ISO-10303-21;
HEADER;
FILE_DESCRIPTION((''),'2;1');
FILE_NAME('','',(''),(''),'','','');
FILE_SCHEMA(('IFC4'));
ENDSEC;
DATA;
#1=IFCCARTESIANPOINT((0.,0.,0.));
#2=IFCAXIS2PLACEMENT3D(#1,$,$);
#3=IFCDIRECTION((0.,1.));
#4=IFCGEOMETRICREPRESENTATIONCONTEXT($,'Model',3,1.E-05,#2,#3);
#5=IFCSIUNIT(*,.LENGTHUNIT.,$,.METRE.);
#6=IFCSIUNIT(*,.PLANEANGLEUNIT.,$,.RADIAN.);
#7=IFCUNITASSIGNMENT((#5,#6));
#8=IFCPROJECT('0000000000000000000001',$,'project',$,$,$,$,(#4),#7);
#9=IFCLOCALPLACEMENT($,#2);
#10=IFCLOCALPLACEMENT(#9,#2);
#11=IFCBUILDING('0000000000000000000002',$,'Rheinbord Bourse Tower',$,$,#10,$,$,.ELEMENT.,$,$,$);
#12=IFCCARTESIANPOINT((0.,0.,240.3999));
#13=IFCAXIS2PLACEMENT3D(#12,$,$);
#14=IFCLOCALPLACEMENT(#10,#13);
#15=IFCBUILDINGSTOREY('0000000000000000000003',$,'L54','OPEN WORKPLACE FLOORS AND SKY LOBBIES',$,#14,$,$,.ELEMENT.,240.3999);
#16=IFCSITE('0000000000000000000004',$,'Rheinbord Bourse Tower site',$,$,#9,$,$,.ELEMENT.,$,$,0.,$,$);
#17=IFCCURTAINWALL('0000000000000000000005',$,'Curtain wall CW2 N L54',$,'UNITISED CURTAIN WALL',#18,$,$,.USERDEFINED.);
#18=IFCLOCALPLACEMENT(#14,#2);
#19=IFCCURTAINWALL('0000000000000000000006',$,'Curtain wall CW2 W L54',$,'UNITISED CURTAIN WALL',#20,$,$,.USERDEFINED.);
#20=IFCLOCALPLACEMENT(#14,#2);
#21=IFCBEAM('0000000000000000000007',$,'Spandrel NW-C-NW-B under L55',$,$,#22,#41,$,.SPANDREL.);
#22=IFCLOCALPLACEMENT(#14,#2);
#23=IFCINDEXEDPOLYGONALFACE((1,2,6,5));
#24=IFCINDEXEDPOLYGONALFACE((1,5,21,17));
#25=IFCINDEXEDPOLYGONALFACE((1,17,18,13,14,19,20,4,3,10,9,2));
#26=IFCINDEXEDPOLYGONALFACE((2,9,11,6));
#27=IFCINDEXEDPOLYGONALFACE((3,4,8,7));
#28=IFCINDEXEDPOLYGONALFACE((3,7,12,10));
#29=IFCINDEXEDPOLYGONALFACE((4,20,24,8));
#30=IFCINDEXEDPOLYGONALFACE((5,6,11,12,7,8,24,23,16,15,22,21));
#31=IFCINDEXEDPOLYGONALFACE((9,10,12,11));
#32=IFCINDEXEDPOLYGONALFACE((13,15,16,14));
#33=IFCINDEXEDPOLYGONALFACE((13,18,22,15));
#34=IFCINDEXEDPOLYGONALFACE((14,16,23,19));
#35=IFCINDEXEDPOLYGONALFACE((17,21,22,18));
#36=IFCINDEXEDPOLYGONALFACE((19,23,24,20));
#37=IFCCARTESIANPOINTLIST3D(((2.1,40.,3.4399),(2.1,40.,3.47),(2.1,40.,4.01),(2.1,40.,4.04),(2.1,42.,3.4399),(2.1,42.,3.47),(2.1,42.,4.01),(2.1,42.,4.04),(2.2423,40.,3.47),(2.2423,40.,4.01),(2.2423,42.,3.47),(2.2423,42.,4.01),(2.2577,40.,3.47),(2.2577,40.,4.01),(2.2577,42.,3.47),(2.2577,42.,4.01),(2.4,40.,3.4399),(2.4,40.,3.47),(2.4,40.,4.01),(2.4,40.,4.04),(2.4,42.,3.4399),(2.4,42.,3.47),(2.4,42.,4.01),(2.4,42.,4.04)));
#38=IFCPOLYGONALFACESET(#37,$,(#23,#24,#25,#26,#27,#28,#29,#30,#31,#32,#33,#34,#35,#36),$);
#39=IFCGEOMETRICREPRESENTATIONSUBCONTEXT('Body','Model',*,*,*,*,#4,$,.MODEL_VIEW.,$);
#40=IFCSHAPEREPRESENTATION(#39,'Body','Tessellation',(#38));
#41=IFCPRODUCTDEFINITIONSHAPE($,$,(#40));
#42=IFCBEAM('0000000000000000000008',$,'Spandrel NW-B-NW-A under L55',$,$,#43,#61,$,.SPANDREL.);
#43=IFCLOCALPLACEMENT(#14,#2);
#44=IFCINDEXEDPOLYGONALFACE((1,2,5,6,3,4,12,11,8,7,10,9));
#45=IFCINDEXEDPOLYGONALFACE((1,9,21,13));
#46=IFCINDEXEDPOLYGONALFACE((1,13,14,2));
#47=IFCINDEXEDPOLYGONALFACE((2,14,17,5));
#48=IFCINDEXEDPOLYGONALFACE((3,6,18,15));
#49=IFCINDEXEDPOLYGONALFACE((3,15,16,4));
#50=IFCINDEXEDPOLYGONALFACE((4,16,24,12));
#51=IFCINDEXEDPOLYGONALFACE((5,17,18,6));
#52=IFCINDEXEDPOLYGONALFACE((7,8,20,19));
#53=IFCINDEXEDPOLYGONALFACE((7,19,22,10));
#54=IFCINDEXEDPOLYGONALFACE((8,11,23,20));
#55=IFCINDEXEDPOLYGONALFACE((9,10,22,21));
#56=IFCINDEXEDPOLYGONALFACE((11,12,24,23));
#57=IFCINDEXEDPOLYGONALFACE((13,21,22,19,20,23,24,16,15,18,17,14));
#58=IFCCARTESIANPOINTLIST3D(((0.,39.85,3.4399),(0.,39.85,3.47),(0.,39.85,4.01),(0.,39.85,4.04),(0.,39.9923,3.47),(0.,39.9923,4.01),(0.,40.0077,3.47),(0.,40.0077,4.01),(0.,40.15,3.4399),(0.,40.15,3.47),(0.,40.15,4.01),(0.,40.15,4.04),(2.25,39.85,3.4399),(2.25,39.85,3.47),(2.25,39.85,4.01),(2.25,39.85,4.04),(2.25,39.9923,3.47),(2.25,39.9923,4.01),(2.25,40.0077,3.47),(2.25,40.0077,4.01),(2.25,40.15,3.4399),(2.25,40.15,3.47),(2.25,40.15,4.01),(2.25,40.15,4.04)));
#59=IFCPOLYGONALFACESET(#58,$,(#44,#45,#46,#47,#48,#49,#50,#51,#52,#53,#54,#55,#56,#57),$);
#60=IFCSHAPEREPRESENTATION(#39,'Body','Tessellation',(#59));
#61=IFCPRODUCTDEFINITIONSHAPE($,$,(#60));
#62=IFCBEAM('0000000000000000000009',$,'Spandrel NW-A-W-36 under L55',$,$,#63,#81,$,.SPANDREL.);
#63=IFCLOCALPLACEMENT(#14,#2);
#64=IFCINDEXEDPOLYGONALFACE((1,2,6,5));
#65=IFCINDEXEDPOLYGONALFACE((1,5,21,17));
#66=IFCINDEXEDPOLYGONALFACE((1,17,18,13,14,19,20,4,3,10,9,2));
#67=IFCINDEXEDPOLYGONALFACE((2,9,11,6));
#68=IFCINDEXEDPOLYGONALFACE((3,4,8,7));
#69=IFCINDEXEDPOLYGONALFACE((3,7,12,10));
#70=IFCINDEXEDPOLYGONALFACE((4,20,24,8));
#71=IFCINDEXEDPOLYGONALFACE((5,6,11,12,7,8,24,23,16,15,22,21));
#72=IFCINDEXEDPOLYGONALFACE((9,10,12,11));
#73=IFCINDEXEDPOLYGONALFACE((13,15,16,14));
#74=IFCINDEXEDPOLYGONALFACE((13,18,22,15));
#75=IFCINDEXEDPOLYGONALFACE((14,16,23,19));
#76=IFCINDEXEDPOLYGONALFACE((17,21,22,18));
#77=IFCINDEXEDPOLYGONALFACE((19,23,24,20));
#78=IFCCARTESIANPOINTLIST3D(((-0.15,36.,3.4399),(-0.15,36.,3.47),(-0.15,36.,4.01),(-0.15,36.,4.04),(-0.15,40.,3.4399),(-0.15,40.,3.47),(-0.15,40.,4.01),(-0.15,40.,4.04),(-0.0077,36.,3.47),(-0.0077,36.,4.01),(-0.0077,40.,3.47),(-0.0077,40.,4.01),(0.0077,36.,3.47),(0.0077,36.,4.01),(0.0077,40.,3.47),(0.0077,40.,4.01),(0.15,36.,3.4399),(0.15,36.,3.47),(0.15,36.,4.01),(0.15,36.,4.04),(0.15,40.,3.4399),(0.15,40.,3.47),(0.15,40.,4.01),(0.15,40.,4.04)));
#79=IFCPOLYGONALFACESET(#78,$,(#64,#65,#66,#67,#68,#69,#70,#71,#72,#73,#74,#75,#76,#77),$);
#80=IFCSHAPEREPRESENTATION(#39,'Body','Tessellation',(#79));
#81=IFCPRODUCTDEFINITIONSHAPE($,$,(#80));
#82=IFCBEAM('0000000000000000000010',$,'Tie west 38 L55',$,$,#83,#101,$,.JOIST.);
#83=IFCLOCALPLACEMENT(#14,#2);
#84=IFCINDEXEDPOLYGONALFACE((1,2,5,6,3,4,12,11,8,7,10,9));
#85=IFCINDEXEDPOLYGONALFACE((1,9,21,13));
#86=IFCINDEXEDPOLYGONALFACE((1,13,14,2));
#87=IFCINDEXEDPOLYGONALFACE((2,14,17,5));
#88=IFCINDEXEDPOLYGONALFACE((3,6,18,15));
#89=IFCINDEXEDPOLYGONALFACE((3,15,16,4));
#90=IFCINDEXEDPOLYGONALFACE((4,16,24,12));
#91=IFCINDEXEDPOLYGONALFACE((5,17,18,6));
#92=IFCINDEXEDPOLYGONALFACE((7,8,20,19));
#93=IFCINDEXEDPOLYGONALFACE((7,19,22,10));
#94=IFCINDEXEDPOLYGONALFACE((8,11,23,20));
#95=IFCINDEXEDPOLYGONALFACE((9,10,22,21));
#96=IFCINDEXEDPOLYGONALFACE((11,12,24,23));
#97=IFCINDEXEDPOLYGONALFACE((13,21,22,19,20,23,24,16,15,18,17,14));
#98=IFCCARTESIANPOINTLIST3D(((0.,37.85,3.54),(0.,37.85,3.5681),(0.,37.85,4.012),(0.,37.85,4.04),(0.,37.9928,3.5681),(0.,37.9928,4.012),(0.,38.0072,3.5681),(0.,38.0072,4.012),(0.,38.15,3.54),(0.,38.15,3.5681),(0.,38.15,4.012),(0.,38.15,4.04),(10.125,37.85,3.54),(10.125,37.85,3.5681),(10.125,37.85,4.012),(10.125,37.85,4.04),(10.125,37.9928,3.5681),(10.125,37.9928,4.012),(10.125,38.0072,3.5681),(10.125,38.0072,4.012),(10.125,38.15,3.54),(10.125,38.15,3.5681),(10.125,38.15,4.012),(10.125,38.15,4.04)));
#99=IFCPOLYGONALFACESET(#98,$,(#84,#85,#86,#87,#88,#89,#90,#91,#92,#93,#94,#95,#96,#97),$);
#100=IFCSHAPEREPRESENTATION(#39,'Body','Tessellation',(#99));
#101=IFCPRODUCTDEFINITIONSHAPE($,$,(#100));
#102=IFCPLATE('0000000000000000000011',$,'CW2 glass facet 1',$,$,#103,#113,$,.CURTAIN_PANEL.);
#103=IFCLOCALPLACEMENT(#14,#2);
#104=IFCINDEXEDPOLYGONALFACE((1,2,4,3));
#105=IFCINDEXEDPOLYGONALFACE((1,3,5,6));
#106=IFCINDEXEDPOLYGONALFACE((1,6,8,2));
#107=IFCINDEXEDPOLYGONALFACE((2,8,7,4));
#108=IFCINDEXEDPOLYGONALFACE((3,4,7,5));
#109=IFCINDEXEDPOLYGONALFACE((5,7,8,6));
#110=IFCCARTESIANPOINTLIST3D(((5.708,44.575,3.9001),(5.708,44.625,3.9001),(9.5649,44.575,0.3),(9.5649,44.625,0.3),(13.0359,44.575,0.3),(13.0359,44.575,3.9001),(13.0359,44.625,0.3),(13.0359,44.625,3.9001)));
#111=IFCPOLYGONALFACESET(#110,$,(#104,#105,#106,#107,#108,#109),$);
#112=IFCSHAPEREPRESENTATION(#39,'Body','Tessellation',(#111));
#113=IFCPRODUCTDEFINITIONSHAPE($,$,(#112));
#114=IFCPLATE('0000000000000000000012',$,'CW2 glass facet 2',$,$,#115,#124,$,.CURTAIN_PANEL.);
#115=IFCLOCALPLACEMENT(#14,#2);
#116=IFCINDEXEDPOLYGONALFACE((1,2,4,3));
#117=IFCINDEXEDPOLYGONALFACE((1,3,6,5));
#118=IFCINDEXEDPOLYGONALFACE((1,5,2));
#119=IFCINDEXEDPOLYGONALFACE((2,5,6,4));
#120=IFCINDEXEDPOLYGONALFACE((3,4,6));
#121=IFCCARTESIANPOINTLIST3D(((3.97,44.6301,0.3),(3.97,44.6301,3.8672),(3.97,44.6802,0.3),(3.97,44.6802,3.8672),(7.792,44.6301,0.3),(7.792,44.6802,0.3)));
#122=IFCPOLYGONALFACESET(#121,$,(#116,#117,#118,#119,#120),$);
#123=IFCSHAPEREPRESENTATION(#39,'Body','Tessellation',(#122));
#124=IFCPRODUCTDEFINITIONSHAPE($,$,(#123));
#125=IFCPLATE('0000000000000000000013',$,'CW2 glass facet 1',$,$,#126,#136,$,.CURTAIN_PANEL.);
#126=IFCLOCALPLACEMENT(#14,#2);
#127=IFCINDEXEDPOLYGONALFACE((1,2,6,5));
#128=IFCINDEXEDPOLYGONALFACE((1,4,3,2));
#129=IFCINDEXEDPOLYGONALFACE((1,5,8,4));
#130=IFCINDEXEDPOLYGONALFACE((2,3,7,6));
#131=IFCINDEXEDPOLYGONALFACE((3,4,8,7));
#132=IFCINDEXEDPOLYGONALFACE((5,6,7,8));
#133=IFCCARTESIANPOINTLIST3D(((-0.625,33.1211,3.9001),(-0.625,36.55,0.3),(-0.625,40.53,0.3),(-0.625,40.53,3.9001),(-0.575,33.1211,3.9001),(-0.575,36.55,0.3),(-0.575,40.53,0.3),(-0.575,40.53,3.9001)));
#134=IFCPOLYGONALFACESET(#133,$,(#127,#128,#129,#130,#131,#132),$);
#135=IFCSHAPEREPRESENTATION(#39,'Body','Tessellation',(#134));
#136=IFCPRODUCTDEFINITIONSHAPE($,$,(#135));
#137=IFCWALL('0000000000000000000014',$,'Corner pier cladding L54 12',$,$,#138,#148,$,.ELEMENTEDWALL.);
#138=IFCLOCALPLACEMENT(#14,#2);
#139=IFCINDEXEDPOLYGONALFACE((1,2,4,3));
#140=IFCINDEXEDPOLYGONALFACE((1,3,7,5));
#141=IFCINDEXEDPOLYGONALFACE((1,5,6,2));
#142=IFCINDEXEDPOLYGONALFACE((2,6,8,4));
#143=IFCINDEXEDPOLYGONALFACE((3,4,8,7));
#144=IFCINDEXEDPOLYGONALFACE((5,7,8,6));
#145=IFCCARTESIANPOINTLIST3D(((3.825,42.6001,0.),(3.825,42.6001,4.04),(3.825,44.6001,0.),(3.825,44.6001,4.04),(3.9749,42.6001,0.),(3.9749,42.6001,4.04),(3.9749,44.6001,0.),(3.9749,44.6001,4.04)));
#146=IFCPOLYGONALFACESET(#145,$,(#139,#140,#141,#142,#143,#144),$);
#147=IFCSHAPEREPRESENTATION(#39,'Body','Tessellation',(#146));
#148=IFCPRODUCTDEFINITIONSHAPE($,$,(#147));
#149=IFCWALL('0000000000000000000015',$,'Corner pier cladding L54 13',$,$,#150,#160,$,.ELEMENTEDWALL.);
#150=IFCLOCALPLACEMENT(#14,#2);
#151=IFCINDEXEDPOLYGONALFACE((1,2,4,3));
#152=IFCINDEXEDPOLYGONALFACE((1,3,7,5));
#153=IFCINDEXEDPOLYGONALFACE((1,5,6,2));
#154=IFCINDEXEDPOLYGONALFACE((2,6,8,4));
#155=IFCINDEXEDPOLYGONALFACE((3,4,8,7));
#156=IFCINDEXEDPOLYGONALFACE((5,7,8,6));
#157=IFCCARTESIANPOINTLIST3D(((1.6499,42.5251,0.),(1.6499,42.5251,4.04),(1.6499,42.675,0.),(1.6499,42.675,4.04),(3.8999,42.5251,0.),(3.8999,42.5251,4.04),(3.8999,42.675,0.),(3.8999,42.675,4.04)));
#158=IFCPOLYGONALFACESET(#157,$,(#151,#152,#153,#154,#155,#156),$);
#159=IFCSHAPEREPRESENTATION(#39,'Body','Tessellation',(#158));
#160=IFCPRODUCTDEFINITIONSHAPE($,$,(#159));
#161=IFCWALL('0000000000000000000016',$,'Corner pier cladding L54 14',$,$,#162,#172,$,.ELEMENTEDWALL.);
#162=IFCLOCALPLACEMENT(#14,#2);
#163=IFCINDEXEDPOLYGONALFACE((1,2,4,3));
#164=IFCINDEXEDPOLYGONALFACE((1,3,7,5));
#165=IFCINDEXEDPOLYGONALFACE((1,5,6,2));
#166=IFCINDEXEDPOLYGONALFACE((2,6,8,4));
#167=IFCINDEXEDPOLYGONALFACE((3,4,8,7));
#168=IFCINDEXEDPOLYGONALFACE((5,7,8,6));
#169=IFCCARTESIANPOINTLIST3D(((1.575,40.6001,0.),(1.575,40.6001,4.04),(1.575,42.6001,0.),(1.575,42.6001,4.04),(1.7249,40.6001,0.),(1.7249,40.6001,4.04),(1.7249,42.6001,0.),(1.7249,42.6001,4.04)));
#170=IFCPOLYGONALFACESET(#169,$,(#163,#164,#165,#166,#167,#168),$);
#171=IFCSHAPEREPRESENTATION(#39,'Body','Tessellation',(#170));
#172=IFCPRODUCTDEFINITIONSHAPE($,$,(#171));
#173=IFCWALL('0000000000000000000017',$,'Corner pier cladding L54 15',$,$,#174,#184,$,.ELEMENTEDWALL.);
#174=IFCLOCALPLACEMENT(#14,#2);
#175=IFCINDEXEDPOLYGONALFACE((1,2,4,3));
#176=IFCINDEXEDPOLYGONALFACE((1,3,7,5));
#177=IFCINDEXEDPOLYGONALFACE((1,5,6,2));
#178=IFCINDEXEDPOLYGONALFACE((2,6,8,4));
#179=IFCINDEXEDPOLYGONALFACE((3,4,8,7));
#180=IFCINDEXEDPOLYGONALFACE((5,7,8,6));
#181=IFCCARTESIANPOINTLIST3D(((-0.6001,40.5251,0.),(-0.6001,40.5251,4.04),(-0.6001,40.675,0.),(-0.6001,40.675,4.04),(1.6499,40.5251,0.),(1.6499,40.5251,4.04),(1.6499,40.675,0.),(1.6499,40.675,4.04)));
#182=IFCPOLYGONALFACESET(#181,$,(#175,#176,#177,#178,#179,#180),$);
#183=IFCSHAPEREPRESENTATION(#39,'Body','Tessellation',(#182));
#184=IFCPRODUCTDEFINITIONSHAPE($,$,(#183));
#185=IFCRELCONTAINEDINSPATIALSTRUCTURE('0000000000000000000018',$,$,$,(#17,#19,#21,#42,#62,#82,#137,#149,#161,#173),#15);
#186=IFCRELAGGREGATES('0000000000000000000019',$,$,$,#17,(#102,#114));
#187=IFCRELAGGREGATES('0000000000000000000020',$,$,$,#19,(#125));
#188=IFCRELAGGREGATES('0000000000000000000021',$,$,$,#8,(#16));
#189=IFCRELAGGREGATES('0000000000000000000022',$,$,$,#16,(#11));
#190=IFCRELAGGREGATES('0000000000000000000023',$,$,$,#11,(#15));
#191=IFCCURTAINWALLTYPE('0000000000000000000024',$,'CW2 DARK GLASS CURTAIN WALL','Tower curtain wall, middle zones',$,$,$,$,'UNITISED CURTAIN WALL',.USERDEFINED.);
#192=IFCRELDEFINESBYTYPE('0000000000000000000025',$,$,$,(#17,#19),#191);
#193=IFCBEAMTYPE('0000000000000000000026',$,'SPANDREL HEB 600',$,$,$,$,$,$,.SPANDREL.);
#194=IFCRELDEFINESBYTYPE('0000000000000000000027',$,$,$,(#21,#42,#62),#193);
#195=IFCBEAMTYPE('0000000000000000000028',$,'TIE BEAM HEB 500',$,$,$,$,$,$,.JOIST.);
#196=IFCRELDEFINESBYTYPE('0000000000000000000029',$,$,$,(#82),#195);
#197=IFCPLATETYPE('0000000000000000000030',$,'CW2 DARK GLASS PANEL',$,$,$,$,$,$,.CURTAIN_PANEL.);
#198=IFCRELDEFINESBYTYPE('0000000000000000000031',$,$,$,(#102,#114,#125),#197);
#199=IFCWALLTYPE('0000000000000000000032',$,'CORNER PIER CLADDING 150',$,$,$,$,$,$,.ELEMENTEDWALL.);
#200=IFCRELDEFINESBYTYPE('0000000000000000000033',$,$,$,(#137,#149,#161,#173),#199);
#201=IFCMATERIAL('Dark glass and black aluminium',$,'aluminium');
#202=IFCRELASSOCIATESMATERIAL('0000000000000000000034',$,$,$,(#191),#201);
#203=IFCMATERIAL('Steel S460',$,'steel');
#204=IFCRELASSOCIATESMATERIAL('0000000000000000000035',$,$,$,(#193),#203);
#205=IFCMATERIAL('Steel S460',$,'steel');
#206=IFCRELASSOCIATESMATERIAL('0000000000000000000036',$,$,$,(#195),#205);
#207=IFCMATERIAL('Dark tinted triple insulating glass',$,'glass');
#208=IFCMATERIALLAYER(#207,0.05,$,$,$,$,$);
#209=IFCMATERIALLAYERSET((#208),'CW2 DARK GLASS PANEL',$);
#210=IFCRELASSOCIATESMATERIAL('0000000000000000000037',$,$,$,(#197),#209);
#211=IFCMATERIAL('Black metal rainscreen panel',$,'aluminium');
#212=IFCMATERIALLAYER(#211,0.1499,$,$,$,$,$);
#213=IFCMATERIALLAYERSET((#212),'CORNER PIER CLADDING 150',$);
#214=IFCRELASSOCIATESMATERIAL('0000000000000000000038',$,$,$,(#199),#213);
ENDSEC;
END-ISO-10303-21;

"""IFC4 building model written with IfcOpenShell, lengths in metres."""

from ifc_helpers import new_model, si_unit, direction, frame, frame_2d, origin, origin_2d, place, context, subcontext, project, spatial, polyline, rectangle, i_section, outline, extrude, material, layer, layer_set, material_profile, profile_set, type_object, element, aggregate, save


model = new_model("IFC4")

# Units and contexts
model_context = context("Model", 3, precision=1e-05, world=origin(), true_north=direction((0.0, 1.0)))
body_context = subcontext(model_context, "Body", "Model", "MODEL_VIEW")
ifc_project = project(units=[si_unit("LENGTHUNIT", "METRE"), si_unit("PLANEANGLEUNIT", "RADIAN")], contexts=[model_context])

# Site, building, storey
site_placement = place(None, origin())
site = spatial("IfcSite", under=ifc_project, at=site_placement, Name="Rheinbord Bourse Tower site", CompositionType="ELEMENT", RefElevation=0.0)
building_placement = place(site_placement, origin())
building = spatial("IfcBuilding", under=site, at=building_placement, Name="Rheinbord Bourse Tower", CompositionType="ELEMENT")
storey_placement = place(building_placement, frame((0.0, 0.0, 240.3999)))
storey = spatial("IfcBuildingStorey", under=building, at=storey_placement, Name="L54", Description="OPEN WORKPLACE FLOORS AND SKY LOBBIES", CompositionType="ELEMENT", Elevation=240.3999)

# Curtain wall
ifc_material_1 = material(Name="Dark glass and black aluminium", Category="aluminium")
curtain_wall_type = type_object("IfcCurtainWallType", Name="CW2 DARK GLASS CURTAIN WALL", Description="Tower curtain wall, middle zones", ElementType="UNITISED CURTAIN WALL", PredefinedType="USERDEFINED", material=ifc_material_1)
curtain_wall_1_placement = place(storey_placement, origin())
curtain_wall_1 = element("IfcCurtainWall", 1, at=curtain_wall_1_placement, inside=storey, type_object=curtain_wall_type, Name="Curtain wall CW2 N L54", ObjectType="UNITISED CURTAIN WALL", PredefinedType="USERDEFINED")

# Curtain wall
curtain_wall_2_placement = place(storey_placement, origin())
curtain_wall_2 = element("IfcCurtainWall", 2, at=curtain_wall_2_placement, inside=storey, type_object=curtain_wall_type, Name="Curtain wall CW2 W L54", ObjectType="UNITISED CURTAIN WALL", PredefinedType="USERDEFINED")

# Beams
ifc_material_2 = material(Name="Steel S460", Category="steel")
ifc_material_profile_1 = material_profile(ifc_material_2, i_section(OverallWidth=0.3, OverallDepth=0.6001, WebThickness=0.0154, FlangeThickness=0.03, at=origin_2d()), Name="HEB 600")
ifc_profile_set_1 = profile_set([ifc_material_profile_1], Name="Steel S460")
beam_type_1 = type_object("IfcBeamType", Name="SPANDREL HEB 600", PredefinedType="SPANDREL", material=ifc_profile_set_1)
beam_1_placement = place(storey_placement, frame((2.25, 42.0, 3.74), z_axis=(0.0, -1.0, 0.0), x_axis=(1.0, 0.0, 0.0)))
element("IfcBeam", 3, at=beam_1_placement, inside=storey, type_object=beam_type_1, Name="Spandrel NW-C-NW-B under L55", PredefinedType="SPANDREL", context=body_context, shape_type="SweptSolid", body=[
    extrude(i_section(OverallWidth=0.3, OverallDepth=0.6001, WebThickness=0.0154, FlangeThickness=0.03, at=origin_2d()), origin(), (0.0, 0.0, 1.0), 2.0),
])
beam_2_placement = place(storey_placement, frame((2.25, 40.0, 3.74), z_axis=(-1.0, 0.0, 0.0), x_axis=(0.0, -1.0, 0.0)))
element("IfcBeam", 4, at=beam_2_placement, inside=storey, type_object=beam_type_1, Name="Spandrel NW-B-NW-A under L55", PredefinedType="SPANDREL", context=body_context, shape_type="SweptSolid", body=[
    extrude(i_section(OverallWidth=0.3, OverallDepth=0.6001, WebThickness=0.0154, FlangeThickness=0.03, at=origin_2d()), origin(), (0.0, 0.0, 1.0), 2.25),
])
beam_3_placement = place(storey_placement, frame((0.0, 40.0, 3.74), z_axis=(0.0, -1.0, 0.0), x_axis=(1.0, 0.0, 0.0)))
element("IfcBeam", 5, at=beam_3_placement, inside=storey, type_object=beam_type_1, Name="Spandrel NW-A-W-36 under L55", PredefinedType="SPANDREL", context=body_context, shape_type="SweptSolid", body=[
    extrude(i_section(OverallWidth=0.3, OverallDepth=0.6001, WebThickness=0.0154, FlangeThickness=0.03, at=origin_2d()), origin(), (0.0, 0.0, 1.0), 4.0),
])
ifc_material_3 = material(Name="Steel S460", Category="steel")
ifc_material_profile_2 = material_profile(ifc_material_3, i_section(OverallWidth=0.3, OverallDepth=0.5, WebThickness=0.0144, FlangeThickness=0.0281, at=origin_2d()), Name="HEB 500")
ifc_profile_set_2 = profile_set([ifc_material_profile_2], Name="Steel S460")
beam_type_2 = type_object("IfcBeamType", Name="TIE BEAM HEB 500", PredefinedType="JOIST", material=ifc_profile_set_2)
beam_4_placement = place(storey_placement, frame((0.0, 38.0, 3.79), z_axis=(1.0, 0.0, 0.0), x_axis=(0.0, 1.0, 0.0)))
element("IfcBeam", 6, at=beam_4_placement, inside=storey, type_object=beam_type_2, Name="Tie west 38 L55", PredefinedType="JOIST", context=body_context, shape_type="SweptSolid", body=[
    extrude(i_section(OverallWidth=0.3, OverallDepth=0.5, WebThickness=0.0144, FlangeThickness=0.0281, at=origin_2d()), origin(), (0.0, 0.0, 1.0), 10.125),
])

# Plates
ifc_material_4 = material(Name="Dark tinted triple insulating glass", Category="glass")
ifc_layer_1 = layer(ifc_material_4, 0.05)
ifc_layer_set_1 = layer_set([ifc_layer_1], Name="CW2 DARK GLASS PANEL")
plate_type = type_object("IfcPlateType", Name="CW2 DARK GLASS PANEL", PredefinedType="CURTAIN_PANEL", material=ifc_layer_set_1)
plate_1_placement = place(storey_placement, frame((13.0359, 44.625, 0.3), z_axis=(0.0, -1.0, 0.0), x_axis=(0.0, 0.0, 1.0)))
plate_1 = element("IfcPlate", 7, at=plate_1_placement, type_object=plate_type, Name="CW2 glass facet 1", PredefinedType="CURTAIN_PANEL", context=body_context, shape_type="SweptSolid", body=[
    extrude(outline(polyline([(0.0, 0.0), (3.6001, 0.0), (3.6001, 7.3279), (0.0, 3.4709), (0.0, 0.0)])), origin(), (0.0, 0.0, 1.0), 0.05),
])
plate_2_placement = place(storey_placement, frame((3.97, 44.6802, 0.3), z_axis=(0.0, -1.0, 0.0), x_axis=(1.0, 0.0, 0.0)))
plate_2 = element("IfcPlate", 8, at=plate_2_placement, type_object=plate_type, Name="CW2 glass facet 2", PredefinedType="CURTAIN_PANEL", context=body_context, shape_type="SweptSolid", body=[
    extrude(outline(polyline([(0.0, 0.0), (3.822, 0.0), (0.0, 3.5671), (0.0, 0.0)])), origin(), (0.0, 0.0, 1.0), 0.05),
])
aggregate(curtain_wall_1, [plate_1, plate_2])
plate_3_placement = place(storey_placement, frame((-0.625, 40.53, 0.3), z_axis=(1.0, 0.0, 0.0), x_axis=(0.0, 0.0, 1.0)))
plate_3 = element("IfcPlate", 9, at=plate_3_placement, type_object=plate_type, Name="CW2 glass facet 1", PredefinedType="CURTAIN_PANEL", context=body_context, shape_type="SweptSolid", body=[
    extrude(outline(polyline([(0.0, 0.0), (3.6001, 0.0), (3.6001, 7.4089), (0.0, 3.98), (0.0, 0.0)])), origin(), (0.0, 0.0, 1.0), 0.05),
])
aggregate(curtain_wall_2, [plate_3])

# Walls
ifc_material_5 = material(Name="Black metal rainscreen panel", Category="aluminium")
ifc_layer_2 = layer(ifc_material_5, 0.1499)
ifc_layer_set_2 = layer_set([ifc_layer_2], Name="CORNER PIER CLADDING 150")
wall_type = type_object("IfcWallType", Name="CORNER PIER CLADDING 150", PredefinedType="ELEMENTEDWALL", material=ifc_layer_set_2)
wall_1_placement = place(storey_placement, frame((3.8999, 44.6001, 0.0), z_axis=(0.0, 0.0, 1.0), x_axis=(0.0, -1.0, 0.0)))
element("IfcWall", 10, at=wall_1_placement, inside=storey, type_object=wall_type, Name="Corner pier cladding L54 12", PredefinedType="ELEMENTEDWALL", context=body_context, shape_type="SweptSolid", body=[
    extrude(rectangle(XDim=2.0, YDim=0.1499, at=frame_2d((1.0, 0.0))), origin(), (0.0, 0.0, 1.0), 4.04),
])
wall_2_placement = place(storey_placement, frame((3.8999, 42.6001, 0.0), z_axis=(0.0, 0.0, 1.0), x_axis=(-1.0, 0.0, 0.0)))
element("IfcWall", 11, at=wall_2_placement, inside=storey, type_object=wall_type, Name="Corner pier cladding L54 13", PredefinedType="ELEMENTEDWALL", context=body_context, shape_type="SweptSolid", body=[
    extrude(rectangle(XDim=2.25, YDim=0.1499, at=frame_2d((1.125, 0.0))), origin(), (0.0, 0.0, 1.0), 4.04),
])
wall_3_placement = place(storey_placement, frame((1.6499, 42.6001, 0.0), z_axis=(0.0, 0.0, 1.0), x_axis=(0.0, -1.0, 0.0)))
element("IfcWall", 12, at=wall_3_placement, inside=storey, type_object=wall_type, Name="Corner pier cladding L54 14", PredefinedType="ELEMENTEDWALL", context=body_context, shape_type="SweptSolid", body=[
    extrude(rectangle(XDim=2.0, YDim=0.1499, at=frame_2d((1.0, 0.0))), origin(), (0.0, 0.0, 1.0), 4.04),
])
wall_4_placement = place(storey_placement, frame((1.6499, 40.6001, 0.0), z_axis=(0.0, 0.0, 1.0), x_axis=(-1.0, 0.0, 0.0)))
element("IfcWall", 13, at=wall_4_placement, inside=storey, type_object=wall_type, Name="Corner pier cladding L54 15", PredefinedType="ELEMENTEDWALL", context=body_context, shape_type="SweptSolid", body=[
    extrude(rectangle(XDim=2.25, YDim=0.1499, at=frame_2d((1.125, 0.0))), origin(), (0.0, 0.0, 1.0), 4.04),
])

save(model, "model.ifc")
